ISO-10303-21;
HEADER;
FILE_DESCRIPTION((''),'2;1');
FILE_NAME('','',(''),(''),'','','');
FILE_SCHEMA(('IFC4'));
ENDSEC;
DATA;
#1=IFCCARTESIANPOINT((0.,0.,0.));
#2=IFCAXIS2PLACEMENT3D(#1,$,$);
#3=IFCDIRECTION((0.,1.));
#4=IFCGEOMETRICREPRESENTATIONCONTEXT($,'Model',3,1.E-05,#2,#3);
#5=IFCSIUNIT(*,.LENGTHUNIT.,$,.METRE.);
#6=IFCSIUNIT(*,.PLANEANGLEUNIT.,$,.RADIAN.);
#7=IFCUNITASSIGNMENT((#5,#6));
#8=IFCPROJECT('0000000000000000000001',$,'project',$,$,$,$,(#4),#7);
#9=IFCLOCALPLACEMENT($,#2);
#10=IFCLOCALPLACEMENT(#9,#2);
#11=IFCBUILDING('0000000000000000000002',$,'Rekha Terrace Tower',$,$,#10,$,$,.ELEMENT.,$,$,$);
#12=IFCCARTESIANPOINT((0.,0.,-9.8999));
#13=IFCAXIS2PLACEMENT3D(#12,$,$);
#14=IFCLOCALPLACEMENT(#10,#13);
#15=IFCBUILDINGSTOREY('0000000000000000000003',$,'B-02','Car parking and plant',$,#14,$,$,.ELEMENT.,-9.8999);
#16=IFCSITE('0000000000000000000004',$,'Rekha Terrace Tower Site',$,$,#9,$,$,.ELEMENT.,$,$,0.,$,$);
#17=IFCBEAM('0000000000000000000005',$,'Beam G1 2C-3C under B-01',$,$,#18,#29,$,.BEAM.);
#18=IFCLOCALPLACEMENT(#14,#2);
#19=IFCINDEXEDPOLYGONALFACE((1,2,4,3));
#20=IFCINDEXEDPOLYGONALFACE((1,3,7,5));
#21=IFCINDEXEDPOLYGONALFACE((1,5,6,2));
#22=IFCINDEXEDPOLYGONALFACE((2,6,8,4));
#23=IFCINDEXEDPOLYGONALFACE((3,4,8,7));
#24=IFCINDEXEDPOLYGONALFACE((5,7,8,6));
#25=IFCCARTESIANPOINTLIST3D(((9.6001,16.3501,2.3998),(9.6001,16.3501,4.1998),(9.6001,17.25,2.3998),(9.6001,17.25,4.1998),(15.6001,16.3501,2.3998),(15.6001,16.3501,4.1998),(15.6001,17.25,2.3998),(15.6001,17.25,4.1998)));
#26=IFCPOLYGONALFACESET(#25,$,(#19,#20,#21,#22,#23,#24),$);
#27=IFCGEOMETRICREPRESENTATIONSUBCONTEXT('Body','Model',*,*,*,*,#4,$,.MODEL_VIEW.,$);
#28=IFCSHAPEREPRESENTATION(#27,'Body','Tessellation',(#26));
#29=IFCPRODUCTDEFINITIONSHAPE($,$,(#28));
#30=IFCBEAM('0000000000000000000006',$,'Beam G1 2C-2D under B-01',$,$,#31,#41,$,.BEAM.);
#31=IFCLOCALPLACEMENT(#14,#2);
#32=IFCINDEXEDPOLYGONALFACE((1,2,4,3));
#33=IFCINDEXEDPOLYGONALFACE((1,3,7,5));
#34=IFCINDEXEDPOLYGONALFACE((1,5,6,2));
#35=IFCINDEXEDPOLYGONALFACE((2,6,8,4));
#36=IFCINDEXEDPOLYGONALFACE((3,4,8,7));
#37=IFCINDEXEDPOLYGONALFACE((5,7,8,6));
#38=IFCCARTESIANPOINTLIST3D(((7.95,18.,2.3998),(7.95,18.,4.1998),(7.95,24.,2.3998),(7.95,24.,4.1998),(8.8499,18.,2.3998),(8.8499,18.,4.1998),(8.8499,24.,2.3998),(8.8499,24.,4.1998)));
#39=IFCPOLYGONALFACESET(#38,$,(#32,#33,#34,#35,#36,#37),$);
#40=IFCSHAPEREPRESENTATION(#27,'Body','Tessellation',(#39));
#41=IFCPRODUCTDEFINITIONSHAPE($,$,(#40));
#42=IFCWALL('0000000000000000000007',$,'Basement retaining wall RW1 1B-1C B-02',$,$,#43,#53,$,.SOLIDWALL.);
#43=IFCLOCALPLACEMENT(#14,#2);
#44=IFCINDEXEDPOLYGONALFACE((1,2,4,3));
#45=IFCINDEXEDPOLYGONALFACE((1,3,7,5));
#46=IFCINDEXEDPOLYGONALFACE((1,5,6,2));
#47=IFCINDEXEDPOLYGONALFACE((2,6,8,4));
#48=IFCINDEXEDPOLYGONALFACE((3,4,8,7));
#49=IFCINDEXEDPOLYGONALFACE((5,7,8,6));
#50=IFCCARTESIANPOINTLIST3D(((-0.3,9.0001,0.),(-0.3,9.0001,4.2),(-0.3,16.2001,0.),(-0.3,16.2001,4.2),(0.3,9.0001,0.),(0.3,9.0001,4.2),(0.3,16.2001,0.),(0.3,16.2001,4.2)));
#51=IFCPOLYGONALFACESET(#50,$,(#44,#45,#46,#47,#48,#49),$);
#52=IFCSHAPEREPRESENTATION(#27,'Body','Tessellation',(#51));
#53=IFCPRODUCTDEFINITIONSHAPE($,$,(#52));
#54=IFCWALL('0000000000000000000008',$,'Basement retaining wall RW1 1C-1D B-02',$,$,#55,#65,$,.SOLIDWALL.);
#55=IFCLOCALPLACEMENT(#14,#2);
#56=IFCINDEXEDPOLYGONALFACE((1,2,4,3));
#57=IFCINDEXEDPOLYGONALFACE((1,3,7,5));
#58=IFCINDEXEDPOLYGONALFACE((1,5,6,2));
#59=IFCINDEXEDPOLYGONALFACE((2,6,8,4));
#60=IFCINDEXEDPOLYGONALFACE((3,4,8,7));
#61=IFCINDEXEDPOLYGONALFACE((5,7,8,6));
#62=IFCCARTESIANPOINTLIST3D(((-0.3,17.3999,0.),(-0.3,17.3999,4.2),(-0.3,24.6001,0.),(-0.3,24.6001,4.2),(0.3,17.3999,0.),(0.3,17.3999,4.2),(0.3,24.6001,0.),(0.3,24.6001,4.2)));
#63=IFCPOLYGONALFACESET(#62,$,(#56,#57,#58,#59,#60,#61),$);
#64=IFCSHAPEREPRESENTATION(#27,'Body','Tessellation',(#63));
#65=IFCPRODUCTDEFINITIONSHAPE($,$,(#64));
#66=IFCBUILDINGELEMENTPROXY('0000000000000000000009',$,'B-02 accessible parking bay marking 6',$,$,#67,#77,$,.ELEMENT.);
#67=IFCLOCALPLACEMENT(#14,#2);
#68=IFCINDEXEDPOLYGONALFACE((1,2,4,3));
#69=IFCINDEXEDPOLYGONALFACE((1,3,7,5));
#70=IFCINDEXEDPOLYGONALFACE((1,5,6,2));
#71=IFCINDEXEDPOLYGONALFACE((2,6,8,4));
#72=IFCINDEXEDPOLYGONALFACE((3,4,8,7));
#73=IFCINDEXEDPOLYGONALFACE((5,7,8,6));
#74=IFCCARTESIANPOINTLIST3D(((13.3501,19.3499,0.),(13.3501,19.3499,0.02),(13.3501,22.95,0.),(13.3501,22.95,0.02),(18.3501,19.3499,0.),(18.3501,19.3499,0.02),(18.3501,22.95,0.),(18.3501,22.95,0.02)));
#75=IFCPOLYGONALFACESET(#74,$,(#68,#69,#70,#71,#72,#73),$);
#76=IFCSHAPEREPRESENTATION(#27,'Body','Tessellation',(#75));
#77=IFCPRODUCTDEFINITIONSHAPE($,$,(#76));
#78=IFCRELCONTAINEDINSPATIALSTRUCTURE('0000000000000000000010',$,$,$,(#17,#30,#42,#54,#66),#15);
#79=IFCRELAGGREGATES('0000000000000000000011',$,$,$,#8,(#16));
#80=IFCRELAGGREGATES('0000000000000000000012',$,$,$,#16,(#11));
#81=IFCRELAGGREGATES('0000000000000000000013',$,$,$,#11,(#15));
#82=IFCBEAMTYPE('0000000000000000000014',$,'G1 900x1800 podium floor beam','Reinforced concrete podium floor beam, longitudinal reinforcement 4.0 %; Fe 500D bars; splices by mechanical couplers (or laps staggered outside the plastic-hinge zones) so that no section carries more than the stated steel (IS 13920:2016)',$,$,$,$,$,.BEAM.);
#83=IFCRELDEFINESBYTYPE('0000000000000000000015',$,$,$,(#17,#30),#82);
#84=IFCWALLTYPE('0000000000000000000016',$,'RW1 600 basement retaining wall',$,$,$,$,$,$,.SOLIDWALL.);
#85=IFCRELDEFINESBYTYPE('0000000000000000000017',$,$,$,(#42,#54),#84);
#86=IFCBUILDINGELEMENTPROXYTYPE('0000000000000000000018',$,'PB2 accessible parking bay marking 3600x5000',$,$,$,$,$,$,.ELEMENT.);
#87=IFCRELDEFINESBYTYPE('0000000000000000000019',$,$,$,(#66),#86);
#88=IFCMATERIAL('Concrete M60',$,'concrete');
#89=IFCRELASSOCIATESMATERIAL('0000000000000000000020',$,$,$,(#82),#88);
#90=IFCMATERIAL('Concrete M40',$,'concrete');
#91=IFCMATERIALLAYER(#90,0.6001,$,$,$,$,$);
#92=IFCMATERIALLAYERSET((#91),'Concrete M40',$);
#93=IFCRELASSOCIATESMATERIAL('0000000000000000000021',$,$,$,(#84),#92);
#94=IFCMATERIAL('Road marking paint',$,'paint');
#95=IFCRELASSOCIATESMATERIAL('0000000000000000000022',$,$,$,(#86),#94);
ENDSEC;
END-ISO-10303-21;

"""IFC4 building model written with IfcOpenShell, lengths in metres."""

from ifc_helpers import new_model, si_unit, direction, frame, frame_2d, origin, origin_2d, place, context, subcontext, project, spatial, rectangle, extrude, material, layer, layer_set, material_profile, profile_set, type_object, element, save


model = new_model("IFC4")

# Units and contexts
model_context = context("Model", 3, precision=1e-05, world=origin(), true_north=direction((0.0, 1.0)))
body_context = subcontext(model_context, "Body", "Model", "MODEL_VIEW")
ifc_project = project(units=[si_unit("LENGTHUNIT", "METRE"), si_unit("PLANEANGLEUNIT", "RADIAN")], contexts=[model_context])

# Site, building, storey
site_placement = place(None, origin())
site = spatial("IfcSite", under=ifc_project, at=site_placement, Name="Rekha Terrace Tower Site", CompositionType="ELEMENT", RefElevation=0.0)
building_placement = place(site_placement, origin())
building = spatial("IfcBuilding", under=site, at=building_placement, Name="Rekha Terrace Tower", CompositionType="ELEMENT")
storey_placement = place(building_placement, frame((0.0, 0.0, -9.8999)))
storey = spatial("IfcBuildingStorey", under=building, at=storey_placement, Name="B-02", Description="Car parking and plant", CompositionType="ELEMENT", Elevation=-9.8999)

# Shared definitions
ifc_material_1 = material(Name="Concrete M60", Category="concrete")

# Beams
ifc_material_profile_1 = material_profile(ifc_material_1, rectangle(XDim=0.8999, YDim=1.8, at=origin_2d()), Name="RC 900x1800")
ifc_profile_set_1 = profile_set([ifc_material_profile_1], Name="Concrete M60")
beam_type = type_object("IfcBeamType", Name="G1 900x1800 podium floor beam", Description="Reinforced concrete podium floor beam, longitudinal reinforcement 4.0 %; Fe 500D bars; splices by mechanical couplers (or laps staggered outside the plastic-hinge zones) so that no section carries more than the stated steel (IS 13920:2016)", PredefinedType="BEAM", material=ifc_profile_set_1)
for number, where, z_axis, x_axis, name in (
    (1, (9.6001, 16.8, 3.2998), (1.0, 0.0, 0.0), (0.0, 1.0, 0.0), "Beam G1 2C-3C under B-01"),
    (2, (8.3999, 18.0, 3.2998), (0.0, 1.0, 0.0), (-1.0, 0.0, 0.0), "Beam G1 2C-2D under B-01"),
):
    element("IfcBeam", number, at=place(storey_placement, frame(where, z_axis=z_axis, x_axis=x_axis)), inside=storey, type_object=beam_type, Name=name, PredefinedType="BEAM", context=body_context, shape_type="SweptSolid", body=[
        extrude(rectangle(XDim=0.8999, YDim=1.8, at=origin_2d()), origin(), (0.0, 0.0, 1.0), 6.0),
    ])

# Walls
ifc_material_2 = material(Name="Concrete M40", Category="concrete")
ifc_layer = layer(ifc_material_2, 0.6001)
ifc_layer_set = layer_set([ifc_layer], Name="Concrete M40")
wall_type = type_object("IfcWallType", Name="RW1 600 basement retaining wall", PredefinedType="SOLIDWALL", material=ifc_layer_set)
wall_1_placement = place(storey_placement, frame((0.0, 9.0, 0.0), z_axis=(0.0, 0.0, 1.0), x_axis=(0.0, 1.0, 0.0)))
element("IfcWall", 3, at=wall_1_placement, inside=storey, type_object=wall_type, Name="Basement retaining wall RW1 1B-1C B-02", PredefinedType="SOLIDWALL", context=body_context, shape_type="SweptSolid", body=[
    extrude(rectangle(XDim=7.2, YDim=0.6001, at=frame_2d((3.6001, 0.0))), origin(), (0.0, 0.0, 1.0), 4.2),
])
wall_2_placement = place(storey_placement, frame((0.0, 17.3999, 0.0), z_axis=(0.0, 0.0, 1.0), x_axis=(0.0, 1.0, 0.0)))
element("IfcWall", 4, at=wall_2_placement, inside=storey, type_object=wall_type, Name="Basement retaining wall RW1 1C-1D B-02", PredefinedType="SOLIDWALL", context=body_context, shape_type="SweptSolid", body=[
    extrude(rectangle(XDim=7.2002, YDim=0.6001, at=frame_2d((3.6001, 0.0))), origin(), (0.0, 0.0, 1.0), 4.2),
])

# Building element proxy
ifc_material_3 = material(Name="Road marking paint", Category="paint")
building_element_proxy_type = type_object("IfcBuildingElementProxyType", Name="PB2 accessible parking bay marking 3600x5000", PredefinedType="ELEMENT", material=ifc_material_3)
proxy_placement = place(storey_placement, frame((15.8501, 21.1499, 0.0), z_axis=(0.0, 0.0, 1.0), x_axis=(1.0, 0.0, 0.0)))
element("IfcBuildingElementProxy", 5, at=proxy_placement, inside=storey, type_object=building_element_proxy_type, Name="B-02 accessible parking bay marking 6", PredefinedType="ELEMENT", context=body_context, shape_type="SweptSolid", body=[
    extrude(rectangle(XDim=5.0, YDim=3.6001, at=origin_2d()), origin(), (0.0, 0.0, 1.0), 0.02),
])

save(model, "model.ifc")
